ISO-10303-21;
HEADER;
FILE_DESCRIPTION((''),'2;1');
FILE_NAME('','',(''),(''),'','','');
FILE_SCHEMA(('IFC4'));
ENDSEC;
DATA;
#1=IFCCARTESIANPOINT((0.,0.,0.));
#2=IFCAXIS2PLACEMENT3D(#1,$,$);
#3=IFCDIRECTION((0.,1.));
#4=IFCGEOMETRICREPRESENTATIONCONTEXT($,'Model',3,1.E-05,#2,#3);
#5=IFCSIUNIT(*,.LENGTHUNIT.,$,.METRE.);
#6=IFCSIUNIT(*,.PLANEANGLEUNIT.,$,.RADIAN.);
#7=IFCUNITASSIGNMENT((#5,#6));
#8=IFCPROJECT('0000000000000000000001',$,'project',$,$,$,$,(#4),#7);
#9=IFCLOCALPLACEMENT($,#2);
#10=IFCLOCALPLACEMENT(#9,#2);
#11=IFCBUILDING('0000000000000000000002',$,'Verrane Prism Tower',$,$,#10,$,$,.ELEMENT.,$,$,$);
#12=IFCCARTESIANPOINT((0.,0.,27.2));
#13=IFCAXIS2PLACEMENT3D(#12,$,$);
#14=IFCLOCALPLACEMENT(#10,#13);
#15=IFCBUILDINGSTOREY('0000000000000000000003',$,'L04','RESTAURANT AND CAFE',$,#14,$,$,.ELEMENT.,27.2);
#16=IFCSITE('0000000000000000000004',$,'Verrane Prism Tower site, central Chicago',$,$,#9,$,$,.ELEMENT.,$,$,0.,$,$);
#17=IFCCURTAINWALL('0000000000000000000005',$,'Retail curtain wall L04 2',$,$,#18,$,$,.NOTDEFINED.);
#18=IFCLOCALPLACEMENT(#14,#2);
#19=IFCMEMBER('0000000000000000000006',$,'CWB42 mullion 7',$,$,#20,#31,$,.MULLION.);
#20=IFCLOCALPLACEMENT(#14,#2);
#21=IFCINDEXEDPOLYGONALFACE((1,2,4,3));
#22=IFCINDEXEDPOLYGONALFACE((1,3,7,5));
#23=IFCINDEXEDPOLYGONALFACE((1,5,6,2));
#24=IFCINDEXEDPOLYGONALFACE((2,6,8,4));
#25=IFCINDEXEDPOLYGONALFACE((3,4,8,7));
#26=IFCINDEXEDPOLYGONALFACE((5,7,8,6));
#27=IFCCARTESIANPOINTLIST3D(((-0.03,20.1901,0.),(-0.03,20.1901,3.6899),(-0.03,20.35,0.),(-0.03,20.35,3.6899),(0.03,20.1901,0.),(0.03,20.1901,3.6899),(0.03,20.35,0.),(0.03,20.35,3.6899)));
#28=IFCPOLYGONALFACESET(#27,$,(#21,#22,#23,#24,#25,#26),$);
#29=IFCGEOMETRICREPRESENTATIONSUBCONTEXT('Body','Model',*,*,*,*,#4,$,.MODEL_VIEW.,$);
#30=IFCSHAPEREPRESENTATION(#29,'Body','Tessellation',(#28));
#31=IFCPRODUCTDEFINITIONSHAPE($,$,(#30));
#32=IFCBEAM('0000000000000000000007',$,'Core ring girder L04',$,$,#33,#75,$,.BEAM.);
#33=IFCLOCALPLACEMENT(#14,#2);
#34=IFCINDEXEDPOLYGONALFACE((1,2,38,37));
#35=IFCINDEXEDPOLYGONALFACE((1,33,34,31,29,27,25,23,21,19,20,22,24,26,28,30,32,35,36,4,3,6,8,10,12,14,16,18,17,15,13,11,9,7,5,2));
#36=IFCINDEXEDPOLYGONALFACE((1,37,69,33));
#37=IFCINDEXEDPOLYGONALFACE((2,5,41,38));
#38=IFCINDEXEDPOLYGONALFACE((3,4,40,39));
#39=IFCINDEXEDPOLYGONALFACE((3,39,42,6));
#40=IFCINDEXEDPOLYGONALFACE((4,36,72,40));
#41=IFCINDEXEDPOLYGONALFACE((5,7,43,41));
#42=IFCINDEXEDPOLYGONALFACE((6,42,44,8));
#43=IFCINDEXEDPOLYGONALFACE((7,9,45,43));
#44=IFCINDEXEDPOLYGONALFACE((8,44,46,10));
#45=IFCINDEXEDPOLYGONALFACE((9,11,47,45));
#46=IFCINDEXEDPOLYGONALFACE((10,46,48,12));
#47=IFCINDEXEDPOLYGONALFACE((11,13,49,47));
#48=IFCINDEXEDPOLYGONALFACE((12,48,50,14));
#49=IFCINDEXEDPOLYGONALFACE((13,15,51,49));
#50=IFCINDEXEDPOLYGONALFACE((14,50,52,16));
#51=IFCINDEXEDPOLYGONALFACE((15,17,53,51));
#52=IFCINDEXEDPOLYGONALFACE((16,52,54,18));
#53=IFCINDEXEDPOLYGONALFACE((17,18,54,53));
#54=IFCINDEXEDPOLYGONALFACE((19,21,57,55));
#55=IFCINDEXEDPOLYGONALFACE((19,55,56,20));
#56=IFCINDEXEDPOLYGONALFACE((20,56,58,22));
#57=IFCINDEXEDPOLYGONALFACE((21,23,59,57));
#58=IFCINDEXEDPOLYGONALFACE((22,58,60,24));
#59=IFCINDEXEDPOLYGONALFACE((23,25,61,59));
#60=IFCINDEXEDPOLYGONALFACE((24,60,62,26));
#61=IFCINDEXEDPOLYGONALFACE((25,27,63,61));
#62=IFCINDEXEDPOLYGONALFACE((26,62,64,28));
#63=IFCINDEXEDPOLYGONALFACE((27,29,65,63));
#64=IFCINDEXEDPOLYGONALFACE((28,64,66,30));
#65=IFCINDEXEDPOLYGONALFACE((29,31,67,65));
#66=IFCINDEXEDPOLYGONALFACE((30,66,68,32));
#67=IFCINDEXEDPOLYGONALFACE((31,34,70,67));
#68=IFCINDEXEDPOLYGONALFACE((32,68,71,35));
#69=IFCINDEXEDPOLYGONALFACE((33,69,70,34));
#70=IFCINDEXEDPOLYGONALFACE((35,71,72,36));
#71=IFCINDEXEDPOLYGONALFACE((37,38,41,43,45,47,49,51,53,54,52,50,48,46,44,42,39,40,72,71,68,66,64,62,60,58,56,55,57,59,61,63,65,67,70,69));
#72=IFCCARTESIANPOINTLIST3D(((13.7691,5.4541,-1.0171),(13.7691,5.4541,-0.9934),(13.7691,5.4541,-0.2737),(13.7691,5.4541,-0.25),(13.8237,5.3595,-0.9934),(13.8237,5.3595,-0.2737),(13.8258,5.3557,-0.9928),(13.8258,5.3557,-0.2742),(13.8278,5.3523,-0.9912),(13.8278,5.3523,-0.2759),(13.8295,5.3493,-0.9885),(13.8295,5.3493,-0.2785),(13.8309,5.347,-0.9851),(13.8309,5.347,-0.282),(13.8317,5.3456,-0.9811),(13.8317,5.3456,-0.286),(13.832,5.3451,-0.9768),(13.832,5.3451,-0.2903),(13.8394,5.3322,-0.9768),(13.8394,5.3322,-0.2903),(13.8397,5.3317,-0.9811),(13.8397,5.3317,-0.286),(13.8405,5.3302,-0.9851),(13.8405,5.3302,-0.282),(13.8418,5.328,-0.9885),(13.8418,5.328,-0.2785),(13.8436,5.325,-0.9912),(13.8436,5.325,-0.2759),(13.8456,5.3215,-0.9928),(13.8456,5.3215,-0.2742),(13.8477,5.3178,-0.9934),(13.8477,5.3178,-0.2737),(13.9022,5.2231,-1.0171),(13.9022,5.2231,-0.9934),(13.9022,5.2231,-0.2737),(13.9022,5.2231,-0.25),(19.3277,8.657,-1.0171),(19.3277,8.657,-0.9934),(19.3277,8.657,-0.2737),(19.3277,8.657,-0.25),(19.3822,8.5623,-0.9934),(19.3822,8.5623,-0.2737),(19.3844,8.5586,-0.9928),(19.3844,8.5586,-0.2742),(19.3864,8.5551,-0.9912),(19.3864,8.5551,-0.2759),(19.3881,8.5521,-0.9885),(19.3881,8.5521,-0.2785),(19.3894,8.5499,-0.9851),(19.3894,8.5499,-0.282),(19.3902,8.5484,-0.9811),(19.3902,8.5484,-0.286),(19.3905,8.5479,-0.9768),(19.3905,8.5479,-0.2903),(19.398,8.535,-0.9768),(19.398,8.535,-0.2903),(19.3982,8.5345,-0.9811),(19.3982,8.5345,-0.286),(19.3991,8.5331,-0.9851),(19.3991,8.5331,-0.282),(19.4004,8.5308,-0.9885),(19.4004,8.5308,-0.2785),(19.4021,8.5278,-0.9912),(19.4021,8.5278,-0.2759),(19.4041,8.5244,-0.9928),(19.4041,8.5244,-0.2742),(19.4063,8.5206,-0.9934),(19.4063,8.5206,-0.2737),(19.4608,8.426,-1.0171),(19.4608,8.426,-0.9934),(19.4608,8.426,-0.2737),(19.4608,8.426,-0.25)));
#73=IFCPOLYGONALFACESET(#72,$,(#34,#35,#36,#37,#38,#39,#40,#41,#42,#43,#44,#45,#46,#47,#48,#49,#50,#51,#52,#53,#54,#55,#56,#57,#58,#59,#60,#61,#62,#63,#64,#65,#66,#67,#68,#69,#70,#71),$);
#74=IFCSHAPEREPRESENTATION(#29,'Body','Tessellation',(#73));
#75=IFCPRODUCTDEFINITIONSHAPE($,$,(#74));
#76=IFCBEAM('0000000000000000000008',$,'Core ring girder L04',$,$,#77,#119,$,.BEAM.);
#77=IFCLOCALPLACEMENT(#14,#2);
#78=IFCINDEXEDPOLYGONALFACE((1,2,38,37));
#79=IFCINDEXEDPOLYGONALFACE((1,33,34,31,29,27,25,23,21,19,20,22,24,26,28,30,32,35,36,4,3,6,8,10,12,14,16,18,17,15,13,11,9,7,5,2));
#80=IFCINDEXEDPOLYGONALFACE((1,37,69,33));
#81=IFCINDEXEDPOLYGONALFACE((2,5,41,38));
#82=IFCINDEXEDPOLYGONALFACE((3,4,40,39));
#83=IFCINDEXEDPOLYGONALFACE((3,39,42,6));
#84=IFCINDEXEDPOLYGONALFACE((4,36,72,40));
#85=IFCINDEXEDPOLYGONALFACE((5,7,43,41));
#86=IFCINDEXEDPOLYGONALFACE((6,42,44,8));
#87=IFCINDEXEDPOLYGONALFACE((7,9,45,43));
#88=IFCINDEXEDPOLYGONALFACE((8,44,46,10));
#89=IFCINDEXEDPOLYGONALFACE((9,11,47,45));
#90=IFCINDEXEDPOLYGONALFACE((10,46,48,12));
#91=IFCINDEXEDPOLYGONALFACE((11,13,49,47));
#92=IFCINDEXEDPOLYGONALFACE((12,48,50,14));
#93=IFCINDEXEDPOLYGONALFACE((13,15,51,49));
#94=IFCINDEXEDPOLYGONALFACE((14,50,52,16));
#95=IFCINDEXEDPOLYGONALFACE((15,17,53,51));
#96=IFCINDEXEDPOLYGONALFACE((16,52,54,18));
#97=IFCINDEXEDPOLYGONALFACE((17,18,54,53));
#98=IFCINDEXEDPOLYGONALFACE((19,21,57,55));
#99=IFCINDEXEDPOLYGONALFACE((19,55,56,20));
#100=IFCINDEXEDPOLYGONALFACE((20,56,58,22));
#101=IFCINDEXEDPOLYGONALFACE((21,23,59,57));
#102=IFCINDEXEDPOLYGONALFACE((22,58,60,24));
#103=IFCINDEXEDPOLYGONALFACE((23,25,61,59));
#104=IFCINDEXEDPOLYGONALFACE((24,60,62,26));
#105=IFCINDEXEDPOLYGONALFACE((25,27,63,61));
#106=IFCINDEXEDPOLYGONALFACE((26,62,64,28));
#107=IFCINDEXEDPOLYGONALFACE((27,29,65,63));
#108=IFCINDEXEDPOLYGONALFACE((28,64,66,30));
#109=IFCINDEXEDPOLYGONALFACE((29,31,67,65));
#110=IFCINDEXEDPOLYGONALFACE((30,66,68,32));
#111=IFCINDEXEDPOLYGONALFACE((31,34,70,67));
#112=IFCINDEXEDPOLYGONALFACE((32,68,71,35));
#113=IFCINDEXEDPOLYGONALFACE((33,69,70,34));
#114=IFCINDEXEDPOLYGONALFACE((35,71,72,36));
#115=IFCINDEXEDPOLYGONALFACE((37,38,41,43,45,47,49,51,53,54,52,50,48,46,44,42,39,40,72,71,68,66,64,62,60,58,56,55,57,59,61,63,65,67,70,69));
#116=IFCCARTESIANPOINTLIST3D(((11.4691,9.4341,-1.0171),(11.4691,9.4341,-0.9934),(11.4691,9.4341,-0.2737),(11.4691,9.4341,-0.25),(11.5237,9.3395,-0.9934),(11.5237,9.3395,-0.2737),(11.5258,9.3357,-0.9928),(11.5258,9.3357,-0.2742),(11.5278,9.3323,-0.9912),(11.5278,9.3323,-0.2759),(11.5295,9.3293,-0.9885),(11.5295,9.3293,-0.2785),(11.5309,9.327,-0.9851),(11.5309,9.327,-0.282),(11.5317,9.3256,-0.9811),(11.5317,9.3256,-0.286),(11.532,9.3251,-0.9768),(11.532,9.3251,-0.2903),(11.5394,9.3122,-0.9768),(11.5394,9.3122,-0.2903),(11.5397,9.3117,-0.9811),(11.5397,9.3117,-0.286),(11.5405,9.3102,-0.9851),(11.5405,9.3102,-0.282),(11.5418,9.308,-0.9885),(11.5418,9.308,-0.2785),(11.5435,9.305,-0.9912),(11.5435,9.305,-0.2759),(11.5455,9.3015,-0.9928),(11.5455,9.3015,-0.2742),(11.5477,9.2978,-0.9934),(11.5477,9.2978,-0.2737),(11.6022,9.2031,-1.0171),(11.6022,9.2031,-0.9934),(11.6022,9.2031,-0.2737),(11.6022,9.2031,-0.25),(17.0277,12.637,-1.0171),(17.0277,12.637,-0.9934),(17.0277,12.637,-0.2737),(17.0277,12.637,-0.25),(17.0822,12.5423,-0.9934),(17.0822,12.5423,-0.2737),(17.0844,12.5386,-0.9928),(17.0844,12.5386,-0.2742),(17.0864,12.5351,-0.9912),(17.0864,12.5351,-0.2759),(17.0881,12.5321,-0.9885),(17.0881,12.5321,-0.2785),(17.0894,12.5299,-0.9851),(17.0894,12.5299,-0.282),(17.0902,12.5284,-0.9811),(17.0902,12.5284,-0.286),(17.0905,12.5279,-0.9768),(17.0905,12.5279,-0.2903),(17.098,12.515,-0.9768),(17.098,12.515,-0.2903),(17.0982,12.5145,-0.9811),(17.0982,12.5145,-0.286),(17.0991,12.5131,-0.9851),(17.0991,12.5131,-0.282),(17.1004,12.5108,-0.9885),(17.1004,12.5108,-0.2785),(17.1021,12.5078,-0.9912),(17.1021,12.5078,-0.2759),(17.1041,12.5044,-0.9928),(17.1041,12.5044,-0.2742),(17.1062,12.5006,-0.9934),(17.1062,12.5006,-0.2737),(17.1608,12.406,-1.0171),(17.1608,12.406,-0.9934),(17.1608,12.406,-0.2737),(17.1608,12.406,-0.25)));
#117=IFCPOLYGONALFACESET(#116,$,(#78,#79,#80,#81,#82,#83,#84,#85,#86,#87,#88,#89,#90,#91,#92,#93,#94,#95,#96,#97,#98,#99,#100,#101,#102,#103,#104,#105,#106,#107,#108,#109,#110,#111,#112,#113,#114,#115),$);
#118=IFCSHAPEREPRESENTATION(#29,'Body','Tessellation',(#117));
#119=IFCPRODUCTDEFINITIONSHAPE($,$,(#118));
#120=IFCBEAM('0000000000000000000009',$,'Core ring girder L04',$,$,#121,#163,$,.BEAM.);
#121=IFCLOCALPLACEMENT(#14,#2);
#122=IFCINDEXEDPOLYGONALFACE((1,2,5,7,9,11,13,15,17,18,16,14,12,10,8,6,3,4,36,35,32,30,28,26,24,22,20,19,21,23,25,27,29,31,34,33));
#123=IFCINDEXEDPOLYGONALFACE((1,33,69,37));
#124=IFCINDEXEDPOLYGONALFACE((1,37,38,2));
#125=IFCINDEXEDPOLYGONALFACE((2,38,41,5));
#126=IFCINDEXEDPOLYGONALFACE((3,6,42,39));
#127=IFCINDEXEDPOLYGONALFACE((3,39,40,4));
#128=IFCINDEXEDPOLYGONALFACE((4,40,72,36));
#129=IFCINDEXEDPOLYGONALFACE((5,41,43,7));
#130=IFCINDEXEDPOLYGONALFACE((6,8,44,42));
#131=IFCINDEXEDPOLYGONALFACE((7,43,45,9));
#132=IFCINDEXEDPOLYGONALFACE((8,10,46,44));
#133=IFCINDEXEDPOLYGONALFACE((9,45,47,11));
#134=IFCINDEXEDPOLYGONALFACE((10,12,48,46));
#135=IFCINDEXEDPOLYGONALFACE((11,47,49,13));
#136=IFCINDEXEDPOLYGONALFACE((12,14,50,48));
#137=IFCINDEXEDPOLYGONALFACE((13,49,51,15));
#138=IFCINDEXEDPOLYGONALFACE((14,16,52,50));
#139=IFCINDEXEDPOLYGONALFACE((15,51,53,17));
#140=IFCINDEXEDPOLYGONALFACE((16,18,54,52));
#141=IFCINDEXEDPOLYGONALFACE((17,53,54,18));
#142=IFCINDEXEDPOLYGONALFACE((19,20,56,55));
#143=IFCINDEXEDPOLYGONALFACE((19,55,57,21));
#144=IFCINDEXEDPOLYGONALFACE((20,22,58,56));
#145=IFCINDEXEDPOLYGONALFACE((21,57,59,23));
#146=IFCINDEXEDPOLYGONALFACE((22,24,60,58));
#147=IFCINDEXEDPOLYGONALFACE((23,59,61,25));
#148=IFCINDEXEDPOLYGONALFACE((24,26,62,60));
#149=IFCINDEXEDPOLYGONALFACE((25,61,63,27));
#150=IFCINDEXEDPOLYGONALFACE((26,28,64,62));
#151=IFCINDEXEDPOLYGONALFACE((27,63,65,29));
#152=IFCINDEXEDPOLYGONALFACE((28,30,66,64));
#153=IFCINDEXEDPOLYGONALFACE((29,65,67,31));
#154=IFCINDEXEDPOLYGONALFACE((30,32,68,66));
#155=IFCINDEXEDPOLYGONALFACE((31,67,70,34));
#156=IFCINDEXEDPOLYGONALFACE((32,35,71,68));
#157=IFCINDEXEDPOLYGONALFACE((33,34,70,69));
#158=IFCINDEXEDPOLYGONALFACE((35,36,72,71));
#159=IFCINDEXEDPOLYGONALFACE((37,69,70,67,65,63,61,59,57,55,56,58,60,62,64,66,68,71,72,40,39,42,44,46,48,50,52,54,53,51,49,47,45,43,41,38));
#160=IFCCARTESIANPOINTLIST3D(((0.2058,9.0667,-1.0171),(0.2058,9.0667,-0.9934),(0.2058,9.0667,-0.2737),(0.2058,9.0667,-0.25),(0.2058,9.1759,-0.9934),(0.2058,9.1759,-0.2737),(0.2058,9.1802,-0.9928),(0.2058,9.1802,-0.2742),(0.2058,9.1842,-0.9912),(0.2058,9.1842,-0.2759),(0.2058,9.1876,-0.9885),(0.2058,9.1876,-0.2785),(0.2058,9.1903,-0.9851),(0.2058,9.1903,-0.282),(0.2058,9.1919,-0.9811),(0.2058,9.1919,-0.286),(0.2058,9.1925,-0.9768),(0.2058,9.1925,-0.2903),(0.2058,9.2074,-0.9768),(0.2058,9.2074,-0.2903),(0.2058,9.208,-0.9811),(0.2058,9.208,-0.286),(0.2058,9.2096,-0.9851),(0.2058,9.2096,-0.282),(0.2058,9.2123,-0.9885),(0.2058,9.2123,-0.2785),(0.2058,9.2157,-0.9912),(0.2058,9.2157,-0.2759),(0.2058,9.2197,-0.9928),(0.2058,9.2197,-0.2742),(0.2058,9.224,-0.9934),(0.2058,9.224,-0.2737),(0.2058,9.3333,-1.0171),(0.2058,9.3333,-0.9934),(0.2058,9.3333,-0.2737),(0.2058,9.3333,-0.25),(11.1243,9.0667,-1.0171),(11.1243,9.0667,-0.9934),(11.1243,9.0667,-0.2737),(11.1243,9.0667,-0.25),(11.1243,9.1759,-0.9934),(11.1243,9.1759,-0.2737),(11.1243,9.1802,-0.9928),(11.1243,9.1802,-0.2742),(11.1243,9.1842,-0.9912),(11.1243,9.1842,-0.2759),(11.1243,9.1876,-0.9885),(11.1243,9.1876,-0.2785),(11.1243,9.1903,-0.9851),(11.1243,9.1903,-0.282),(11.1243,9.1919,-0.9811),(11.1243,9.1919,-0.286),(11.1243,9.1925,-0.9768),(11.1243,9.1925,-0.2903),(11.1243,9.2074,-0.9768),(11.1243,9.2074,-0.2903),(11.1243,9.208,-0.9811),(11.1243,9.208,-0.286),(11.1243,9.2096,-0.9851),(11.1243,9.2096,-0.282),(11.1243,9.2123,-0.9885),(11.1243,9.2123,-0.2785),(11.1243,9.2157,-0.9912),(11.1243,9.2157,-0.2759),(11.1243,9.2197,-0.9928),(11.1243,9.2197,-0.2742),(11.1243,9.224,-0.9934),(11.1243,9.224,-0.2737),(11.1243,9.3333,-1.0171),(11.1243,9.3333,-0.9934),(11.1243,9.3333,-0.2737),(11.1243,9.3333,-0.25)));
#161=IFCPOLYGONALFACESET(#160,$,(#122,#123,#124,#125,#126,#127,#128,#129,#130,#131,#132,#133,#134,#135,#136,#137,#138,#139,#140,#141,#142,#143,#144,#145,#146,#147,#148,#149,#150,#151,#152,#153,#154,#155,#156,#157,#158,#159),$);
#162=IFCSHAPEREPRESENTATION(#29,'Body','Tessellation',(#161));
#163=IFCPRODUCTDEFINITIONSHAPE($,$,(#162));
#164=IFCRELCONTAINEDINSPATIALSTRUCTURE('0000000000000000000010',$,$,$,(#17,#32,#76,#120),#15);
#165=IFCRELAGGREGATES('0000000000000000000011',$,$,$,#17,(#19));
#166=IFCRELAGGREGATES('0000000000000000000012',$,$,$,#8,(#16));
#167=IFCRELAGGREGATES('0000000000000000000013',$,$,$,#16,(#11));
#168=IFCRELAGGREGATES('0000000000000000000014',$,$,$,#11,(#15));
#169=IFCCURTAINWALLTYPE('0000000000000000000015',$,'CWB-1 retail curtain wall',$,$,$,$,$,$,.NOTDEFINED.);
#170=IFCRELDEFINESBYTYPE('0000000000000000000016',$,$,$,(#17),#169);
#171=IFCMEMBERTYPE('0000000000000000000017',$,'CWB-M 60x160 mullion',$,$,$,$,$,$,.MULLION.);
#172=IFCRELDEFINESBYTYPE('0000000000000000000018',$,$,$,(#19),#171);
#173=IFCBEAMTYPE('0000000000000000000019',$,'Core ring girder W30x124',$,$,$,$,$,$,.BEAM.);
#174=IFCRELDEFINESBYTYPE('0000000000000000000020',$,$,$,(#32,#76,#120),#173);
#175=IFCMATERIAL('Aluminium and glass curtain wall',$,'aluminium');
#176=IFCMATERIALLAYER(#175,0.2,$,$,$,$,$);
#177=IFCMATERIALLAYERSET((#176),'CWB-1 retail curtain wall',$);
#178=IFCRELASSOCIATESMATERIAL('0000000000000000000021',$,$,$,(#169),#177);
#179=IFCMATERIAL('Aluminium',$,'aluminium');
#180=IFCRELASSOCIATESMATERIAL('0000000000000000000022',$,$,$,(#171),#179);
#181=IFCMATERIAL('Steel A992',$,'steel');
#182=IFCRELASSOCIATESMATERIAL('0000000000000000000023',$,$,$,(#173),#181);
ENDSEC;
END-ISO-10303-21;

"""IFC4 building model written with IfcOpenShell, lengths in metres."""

from ifc_helpers import new_model, si_unit, direction, frame, origin, origin_2d, place, context, subcontext, project, spatial, rectangle, i_section, extrude, material, layer, layer_set, material_profile, profile_set, type_object, element, aggregate, save


model = new_model("IFC4")

# Units and contexts
model_context = context("Model", 3, precision=1e-05, world=origin(), true_north=direction((0.0, 1.0)))
body_context = subcontext(model_context, "Body", "Model", "MODEL_VIEW")
ifc_project = project(units=[si_unit("LENGTHUNIT", "METRE"), si_unit("PLANEANGLEUNIT", "RADIAN")], contexts=[model_context])

# Site, building, storey
site_placement = place(None, origin())
site = spatial("IfcSite", under=ifc_project, at=site_placement, Name="Verrane Prism Tower site, central Chicago", CompositionType="ELEMENT", RefElevation=0.0)
building_placement = place(site_placement, origin())
building = spatial("IfcBuilding", under=site, at=building_placement, Name="Verrane Prism Tower", CompositionType="ELEMENT")
storey_placement = place(building_placement, frame((0.0, 0.0, 27.2)))
storey = spatial("IfcBuildingStorey", under=building, at=storey_placement, Name="L04", Description="RESTAURANT AND CAFE", CompositionType="ELEMENT", Elevation=27.2)

# Curtain wall, member
ifc_material_1 = material(Name="Aluminium and glass curtain wall", Category="aluminium")
ifc_layer_1 = layer(ifc_material_1, 0.2)
ifc_layer_set_1 = layer_set([ifc_layer_1], Name="CWB-1 retail curtain wall")
curtain_wall_type = type_object("IfcCurtainWallType", Name="CWB-1 retail curtain wall", PredefinedType="NOTDEFINED", material=ifc_layer_set_1)
curtain_wall_placement = place(storey_placement, origin())
curtain_wall = element("IfcCurtainWall", 1, at=curtain_wall_placement, inside=storey, type_object=curtain_wall_type, Name="Retail curtain wall L04 2", PredefinedType="NOTDEFINED")
ifc_material_2 = material(Name="Aluminium", Category="aluminium")
ifc_material_profile_1 = material_profile(ifc_material_2, rectangle(XDim=0.1599, YDim=0.0601, at=origin_2d()), Name="CWB-M 60x160 mullion")
ifc_profile_set_1 = profile_set([ifc_material_profile_1], Name="Aluminium")
member_type = type_object("IfcMemberType", Name="CWB-M 60x160 mullion", PredefinedType="MULLION", material=ifc_profile_set_1)
member_placement = place(storey_placement, frame((0.0, 20.27, 0.0), z_axis=(0.0, 0.0, 1.0), x_axis=(0.0, -1.0, 0.0)))
member = element("IfcMember", 2, at=member_placement, type_object=member_type, Name="CWB42 mullion 7", PredefinedType="MULLION", context=body_context, shape_type="SweptSolid", body=[
    extrude(rectangle(XDim=0.1599, YDim=0.0601, at=origin_2d()), origin(), (0.0, 0.0, 1.0), 3.6899),
])

# Beams
ifc_material_3 = material(Name="Steel A992", Category="steel")
ifc_material_profile_2 = material_profile(ifc_material_3, i_section(OverallWidth=0.2666, OverallDepth=0.7671, WebThickness=0.0149, FlangeThickness=0.0237, FilletRadius=0.0166, at=origin_2d()), Name="W30x124")
ifc_profile_set_2 = profile_set([ifc_material_profile_2], Name="Steel A992")
beam_type_1 = type_object("IfcBeamType", Name="Core ring girder W30x124", PredefinedType="BEAM", material=ifc_profile_set_2)
for number, where, z_axis, x_axis, name in (
    (3, (13.8357, 5.3386, -0.6335), (0.866455, 0.499255, 0.0), (-0.499255, 0.866455, 0.0), "Core ring girder L04"),
    (4, (17.0942, 12.5215, -0.6335), (-0.866455, -0.499255, 0.0), (0.499255, -0.866455, 0.0), "Core ring girder L04"),
):
    element("IfcBeam", number, at=place(storey_placement, frame(where, z_axis=z_axis, x_axis=x_axis)), inside=storey, type_object=beam_type_1, Name=name, PredefinedType="BEAM", context=body_context, shape_type="SweptSolid", body=[
        extrude(i_section(OverallWidth=0.2666, OverallDepth=0.7671, WebThickness=0.0149, FlangeThickness=0.0237, FilletRadius=0.0166, at=origin_2d()), origin(), (0.0, 0.0, 1.0), 6.4153),
    ])
beam_1_placement = place(storey_placement, frame((11.1243, 9.2, -0.6335), z_axis=(-1.0, 0.0, 0.0), x_axis=(0.0, -1.0, 0.0)))
element("IfcBeam", 5, at=beam_1_placement, inside=storey, type_object=beam_type_1, Name="Core ring girder L04", PredefinedType="BEAM", context=body_context, shape_type="SweptSolid", body=[
    extrude(i_section(OverallWidth=0.2666, OverallDepth=0.7671, WebThickness=0.0149, FlangeThickness=0.0237, FilletRadius=0.0166, at=origin_2d()), origin(), (0.0, 0.0, 1.0), 10.9185),
])

aggregate(curtain_wall, [member])

save(model, "model.ifc")
